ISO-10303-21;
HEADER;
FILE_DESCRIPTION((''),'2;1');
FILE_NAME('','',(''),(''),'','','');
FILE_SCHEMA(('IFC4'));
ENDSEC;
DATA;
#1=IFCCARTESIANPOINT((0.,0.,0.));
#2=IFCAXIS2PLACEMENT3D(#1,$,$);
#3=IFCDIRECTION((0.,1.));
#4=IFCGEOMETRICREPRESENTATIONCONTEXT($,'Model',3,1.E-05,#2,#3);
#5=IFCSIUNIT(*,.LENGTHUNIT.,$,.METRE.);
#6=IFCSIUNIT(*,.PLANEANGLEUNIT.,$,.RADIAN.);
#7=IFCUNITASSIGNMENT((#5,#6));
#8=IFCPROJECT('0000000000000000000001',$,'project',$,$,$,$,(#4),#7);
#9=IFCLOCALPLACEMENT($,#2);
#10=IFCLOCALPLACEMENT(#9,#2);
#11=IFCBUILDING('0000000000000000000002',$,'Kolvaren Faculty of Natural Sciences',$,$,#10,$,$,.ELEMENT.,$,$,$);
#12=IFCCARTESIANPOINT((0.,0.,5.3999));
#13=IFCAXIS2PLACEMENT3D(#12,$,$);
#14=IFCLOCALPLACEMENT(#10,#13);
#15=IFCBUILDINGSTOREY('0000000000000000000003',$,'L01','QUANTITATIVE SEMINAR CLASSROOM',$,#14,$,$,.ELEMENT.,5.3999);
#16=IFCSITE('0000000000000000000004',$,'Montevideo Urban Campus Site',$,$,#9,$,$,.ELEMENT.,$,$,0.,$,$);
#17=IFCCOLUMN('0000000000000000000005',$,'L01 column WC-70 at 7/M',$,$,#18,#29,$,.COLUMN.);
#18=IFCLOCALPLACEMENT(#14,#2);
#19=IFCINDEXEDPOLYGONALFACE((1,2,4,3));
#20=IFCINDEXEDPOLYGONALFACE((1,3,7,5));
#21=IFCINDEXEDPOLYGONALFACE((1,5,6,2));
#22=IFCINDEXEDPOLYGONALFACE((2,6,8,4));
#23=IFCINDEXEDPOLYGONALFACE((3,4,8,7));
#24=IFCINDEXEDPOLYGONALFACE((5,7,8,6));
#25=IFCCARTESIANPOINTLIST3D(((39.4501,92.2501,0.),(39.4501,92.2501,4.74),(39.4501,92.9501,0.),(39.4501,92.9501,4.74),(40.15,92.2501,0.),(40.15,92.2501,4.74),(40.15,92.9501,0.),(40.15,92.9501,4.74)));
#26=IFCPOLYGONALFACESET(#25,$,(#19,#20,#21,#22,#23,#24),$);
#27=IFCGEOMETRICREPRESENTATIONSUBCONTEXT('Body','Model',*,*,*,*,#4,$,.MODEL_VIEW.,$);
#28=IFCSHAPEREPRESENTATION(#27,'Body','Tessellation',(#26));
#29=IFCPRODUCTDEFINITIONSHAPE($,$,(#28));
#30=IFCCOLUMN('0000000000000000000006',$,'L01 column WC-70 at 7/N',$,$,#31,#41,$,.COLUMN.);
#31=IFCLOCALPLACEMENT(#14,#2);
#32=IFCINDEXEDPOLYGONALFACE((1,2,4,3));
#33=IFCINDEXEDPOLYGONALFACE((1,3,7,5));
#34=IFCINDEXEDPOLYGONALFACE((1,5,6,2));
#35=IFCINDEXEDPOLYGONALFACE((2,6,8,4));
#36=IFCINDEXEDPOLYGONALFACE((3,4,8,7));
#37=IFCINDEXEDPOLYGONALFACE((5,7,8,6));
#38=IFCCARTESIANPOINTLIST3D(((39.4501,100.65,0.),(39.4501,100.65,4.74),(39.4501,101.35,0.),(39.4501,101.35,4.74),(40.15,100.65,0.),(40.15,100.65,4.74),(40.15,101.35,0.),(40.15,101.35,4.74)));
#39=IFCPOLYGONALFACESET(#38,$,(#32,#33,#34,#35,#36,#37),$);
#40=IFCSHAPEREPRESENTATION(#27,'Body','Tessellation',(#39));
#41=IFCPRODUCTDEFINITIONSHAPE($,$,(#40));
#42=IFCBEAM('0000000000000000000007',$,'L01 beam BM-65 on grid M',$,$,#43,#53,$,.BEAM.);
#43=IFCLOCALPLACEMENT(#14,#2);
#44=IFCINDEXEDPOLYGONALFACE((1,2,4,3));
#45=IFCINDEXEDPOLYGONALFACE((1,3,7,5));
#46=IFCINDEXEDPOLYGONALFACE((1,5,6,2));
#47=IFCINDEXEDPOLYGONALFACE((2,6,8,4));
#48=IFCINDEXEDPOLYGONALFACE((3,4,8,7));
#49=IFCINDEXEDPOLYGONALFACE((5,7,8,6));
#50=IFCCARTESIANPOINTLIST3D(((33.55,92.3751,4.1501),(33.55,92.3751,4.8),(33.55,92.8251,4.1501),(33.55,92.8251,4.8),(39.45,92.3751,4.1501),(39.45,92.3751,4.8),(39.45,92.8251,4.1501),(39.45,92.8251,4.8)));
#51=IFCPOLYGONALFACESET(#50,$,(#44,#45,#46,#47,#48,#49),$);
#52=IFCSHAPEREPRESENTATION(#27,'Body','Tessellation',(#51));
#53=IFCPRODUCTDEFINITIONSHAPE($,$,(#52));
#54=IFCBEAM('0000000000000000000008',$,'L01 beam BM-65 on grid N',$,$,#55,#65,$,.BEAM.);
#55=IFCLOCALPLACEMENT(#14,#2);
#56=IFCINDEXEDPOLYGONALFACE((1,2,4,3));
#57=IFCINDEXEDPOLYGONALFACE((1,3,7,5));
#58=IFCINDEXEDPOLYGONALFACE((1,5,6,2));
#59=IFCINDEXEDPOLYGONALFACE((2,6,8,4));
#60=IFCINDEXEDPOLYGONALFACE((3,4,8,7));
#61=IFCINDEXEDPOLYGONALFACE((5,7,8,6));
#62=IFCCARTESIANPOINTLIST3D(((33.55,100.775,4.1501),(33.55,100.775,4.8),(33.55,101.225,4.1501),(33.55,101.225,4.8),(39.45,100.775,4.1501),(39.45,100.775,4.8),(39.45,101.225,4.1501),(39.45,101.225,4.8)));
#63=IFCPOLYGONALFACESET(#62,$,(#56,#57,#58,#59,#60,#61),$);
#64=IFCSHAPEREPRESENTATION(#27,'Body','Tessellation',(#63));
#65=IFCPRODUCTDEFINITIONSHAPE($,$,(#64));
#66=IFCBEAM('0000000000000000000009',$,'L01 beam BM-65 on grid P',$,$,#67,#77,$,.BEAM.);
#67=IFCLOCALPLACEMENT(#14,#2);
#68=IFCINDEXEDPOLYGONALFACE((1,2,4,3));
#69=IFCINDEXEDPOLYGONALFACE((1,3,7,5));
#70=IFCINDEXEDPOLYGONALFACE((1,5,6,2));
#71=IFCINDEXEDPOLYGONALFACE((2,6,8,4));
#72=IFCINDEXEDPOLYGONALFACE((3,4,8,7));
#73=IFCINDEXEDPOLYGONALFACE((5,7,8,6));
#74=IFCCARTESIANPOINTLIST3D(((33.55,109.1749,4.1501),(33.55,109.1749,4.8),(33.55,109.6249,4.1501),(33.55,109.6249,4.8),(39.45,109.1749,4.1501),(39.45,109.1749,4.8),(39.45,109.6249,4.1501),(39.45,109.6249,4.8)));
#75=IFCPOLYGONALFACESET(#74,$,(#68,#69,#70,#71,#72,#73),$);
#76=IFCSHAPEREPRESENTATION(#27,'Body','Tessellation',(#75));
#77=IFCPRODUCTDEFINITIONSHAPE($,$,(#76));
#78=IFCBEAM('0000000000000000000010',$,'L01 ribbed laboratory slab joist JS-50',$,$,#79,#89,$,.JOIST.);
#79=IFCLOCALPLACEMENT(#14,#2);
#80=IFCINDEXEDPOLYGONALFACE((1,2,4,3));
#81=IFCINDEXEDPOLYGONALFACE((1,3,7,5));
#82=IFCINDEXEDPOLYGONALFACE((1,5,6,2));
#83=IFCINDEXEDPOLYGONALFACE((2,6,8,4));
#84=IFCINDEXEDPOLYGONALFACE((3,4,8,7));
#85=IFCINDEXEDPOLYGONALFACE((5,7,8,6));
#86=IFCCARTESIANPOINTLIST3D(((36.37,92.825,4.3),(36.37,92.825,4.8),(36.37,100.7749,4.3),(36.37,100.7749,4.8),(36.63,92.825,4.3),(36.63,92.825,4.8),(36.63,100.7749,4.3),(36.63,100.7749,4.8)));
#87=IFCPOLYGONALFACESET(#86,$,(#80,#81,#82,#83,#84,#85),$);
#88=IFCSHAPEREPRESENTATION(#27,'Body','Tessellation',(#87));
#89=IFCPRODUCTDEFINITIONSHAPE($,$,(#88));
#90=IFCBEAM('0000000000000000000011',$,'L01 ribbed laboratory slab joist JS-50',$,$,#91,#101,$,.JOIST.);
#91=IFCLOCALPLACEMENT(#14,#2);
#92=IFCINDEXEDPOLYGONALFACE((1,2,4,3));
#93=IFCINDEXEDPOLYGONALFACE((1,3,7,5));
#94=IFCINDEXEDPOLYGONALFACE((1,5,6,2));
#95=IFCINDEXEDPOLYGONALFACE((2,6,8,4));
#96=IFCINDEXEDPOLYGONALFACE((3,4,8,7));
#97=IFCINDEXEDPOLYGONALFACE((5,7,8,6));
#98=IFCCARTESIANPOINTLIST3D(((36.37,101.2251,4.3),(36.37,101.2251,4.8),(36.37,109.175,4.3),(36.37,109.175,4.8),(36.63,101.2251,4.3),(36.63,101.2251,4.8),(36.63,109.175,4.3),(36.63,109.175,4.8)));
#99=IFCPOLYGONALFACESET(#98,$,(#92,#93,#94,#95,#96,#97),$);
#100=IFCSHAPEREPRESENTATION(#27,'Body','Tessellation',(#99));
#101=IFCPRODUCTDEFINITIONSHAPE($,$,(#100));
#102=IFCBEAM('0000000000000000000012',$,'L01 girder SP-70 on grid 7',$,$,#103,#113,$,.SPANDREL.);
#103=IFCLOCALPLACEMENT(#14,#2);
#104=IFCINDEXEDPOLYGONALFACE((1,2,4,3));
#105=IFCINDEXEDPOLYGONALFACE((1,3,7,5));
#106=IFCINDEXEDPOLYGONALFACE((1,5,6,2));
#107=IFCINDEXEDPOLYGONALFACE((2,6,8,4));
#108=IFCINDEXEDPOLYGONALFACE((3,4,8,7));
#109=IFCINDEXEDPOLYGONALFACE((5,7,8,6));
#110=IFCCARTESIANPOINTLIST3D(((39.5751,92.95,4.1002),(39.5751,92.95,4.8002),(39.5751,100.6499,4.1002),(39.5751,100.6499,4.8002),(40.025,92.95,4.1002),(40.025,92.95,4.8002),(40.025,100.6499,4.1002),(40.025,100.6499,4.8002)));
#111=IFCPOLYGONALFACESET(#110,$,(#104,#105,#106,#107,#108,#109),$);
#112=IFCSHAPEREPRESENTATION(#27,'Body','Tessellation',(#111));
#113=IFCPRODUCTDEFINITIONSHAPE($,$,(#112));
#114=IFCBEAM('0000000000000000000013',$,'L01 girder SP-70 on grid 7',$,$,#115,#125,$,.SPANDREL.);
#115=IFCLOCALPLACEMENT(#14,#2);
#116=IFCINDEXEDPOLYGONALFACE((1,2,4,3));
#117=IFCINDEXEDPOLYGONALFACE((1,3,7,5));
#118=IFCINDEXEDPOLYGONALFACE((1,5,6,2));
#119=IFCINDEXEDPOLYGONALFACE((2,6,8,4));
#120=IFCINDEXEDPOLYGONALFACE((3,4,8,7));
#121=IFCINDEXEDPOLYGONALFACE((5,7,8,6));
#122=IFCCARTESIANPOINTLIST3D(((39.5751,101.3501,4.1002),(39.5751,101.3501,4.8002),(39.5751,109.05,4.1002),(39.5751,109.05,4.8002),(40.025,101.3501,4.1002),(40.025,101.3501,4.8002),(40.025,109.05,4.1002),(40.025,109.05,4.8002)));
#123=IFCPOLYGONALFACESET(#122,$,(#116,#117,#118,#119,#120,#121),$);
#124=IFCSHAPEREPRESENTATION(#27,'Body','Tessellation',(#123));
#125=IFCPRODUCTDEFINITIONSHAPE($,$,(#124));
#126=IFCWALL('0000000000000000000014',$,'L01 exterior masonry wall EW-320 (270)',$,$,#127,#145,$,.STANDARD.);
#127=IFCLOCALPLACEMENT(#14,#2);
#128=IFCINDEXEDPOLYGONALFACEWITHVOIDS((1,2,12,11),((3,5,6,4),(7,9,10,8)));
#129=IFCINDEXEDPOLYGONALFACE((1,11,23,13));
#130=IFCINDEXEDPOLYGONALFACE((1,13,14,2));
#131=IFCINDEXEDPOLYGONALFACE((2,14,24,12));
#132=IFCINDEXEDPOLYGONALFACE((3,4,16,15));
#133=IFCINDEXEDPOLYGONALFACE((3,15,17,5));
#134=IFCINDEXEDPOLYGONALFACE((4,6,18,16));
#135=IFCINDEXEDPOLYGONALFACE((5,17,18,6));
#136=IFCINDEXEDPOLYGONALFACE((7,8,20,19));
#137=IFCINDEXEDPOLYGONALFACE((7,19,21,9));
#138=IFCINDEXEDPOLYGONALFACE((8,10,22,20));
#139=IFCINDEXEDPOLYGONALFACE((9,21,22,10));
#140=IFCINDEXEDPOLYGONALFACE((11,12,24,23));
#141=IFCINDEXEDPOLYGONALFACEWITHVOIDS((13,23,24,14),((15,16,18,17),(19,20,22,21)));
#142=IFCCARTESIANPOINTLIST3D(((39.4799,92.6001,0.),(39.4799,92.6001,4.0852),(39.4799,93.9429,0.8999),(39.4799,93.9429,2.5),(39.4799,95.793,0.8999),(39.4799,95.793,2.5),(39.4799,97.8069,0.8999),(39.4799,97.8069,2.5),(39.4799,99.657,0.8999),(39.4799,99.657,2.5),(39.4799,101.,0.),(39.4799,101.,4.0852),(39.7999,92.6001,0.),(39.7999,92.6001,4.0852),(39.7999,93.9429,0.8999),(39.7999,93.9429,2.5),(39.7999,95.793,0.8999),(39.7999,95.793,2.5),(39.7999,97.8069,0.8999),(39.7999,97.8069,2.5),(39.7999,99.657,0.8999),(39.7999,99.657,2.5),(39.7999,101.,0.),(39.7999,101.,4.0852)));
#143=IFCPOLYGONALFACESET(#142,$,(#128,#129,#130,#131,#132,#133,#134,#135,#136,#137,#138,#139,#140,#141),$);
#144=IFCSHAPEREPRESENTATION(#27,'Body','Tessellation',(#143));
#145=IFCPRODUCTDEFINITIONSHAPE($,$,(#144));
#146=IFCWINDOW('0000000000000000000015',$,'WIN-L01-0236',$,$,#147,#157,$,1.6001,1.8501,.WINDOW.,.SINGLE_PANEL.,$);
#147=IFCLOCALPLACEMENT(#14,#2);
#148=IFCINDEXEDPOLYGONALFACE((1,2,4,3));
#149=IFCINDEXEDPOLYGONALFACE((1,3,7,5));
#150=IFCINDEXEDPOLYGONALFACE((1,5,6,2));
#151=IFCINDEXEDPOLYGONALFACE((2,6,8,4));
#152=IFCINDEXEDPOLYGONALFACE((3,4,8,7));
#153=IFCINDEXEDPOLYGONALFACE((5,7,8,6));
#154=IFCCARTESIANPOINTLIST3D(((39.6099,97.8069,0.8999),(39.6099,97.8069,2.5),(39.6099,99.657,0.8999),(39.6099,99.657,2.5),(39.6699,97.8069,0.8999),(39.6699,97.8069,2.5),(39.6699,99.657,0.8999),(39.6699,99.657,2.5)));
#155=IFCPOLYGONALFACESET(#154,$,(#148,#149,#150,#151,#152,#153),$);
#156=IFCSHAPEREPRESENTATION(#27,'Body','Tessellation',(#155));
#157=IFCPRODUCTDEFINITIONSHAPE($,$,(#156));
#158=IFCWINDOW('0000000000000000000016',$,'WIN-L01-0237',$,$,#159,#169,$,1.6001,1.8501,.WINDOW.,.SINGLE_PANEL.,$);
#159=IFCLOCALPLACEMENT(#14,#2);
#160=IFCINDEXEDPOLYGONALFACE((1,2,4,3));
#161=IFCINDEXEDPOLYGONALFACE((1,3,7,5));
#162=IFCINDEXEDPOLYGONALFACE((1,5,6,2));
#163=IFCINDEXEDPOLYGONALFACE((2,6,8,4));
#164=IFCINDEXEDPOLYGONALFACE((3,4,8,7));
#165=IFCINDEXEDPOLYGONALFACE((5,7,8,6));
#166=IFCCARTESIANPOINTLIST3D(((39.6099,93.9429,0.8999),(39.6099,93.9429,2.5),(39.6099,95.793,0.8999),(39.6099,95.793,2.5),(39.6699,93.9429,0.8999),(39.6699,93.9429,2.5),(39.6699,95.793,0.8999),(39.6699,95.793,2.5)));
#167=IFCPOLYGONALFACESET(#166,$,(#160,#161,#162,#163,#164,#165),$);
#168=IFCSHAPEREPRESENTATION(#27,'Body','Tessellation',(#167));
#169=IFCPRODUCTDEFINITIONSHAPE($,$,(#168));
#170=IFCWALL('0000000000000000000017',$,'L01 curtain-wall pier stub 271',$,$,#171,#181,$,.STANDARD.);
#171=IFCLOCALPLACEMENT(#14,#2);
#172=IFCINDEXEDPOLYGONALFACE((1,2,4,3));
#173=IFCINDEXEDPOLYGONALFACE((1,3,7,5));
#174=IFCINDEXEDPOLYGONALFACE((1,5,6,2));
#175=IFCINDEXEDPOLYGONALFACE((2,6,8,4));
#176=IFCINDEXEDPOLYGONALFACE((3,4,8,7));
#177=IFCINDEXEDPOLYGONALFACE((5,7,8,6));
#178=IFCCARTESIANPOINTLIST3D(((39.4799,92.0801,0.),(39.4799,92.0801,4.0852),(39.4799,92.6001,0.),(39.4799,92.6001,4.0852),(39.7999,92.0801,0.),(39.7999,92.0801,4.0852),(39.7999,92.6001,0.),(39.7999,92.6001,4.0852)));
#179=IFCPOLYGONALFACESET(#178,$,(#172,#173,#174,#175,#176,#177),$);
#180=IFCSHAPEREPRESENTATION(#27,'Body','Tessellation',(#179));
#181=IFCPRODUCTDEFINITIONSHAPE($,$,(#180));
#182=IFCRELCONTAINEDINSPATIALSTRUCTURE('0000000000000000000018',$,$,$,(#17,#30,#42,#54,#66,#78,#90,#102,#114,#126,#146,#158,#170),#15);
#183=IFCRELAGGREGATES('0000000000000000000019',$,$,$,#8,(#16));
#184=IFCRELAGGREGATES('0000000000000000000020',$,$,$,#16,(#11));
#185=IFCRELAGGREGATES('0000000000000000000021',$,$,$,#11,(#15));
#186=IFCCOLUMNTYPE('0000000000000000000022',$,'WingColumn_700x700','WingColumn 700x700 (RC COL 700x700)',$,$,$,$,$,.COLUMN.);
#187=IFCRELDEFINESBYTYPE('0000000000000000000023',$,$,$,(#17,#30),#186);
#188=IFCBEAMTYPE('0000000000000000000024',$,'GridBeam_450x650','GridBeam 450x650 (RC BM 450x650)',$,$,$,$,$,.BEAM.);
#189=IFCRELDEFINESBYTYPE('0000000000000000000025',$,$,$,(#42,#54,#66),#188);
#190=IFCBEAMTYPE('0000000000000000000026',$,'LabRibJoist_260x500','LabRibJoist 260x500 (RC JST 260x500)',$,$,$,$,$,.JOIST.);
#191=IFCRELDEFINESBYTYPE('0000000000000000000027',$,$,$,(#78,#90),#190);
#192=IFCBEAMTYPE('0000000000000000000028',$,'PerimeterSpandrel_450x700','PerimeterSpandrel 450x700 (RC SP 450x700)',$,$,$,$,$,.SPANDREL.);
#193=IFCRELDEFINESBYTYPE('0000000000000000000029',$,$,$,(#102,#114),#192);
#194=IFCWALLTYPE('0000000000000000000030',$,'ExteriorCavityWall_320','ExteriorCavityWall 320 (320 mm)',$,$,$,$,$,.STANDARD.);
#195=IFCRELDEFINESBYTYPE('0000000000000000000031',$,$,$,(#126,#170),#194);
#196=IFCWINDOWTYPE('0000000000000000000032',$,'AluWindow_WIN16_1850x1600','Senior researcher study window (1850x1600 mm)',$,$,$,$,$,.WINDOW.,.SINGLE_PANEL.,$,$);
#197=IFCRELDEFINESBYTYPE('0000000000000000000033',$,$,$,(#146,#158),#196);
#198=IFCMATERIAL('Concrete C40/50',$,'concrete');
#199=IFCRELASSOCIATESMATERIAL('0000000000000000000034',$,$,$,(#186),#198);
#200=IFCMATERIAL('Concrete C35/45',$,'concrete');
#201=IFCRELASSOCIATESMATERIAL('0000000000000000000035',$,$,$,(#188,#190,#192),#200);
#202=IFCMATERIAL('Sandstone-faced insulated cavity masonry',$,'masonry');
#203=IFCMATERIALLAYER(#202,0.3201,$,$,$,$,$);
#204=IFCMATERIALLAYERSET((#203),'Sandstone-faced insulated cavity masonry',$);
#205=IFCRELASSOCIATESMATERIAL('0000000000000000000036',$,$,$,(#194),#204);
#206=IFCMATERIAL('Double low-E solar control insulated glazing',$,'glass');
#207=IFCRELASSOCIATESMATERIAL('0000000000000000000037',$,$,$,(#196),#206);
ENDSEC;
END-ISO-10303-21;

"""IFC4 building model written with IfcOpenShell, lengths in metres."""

from ifc_helpers import new_model, si_unit, direction, frame, frame_2d, origin, origin_2d, place, context, subcontext, project, spatial, rectangle, extrude, material, layer, layer_set, material_profile, profile_set, type_object, element, fill, save


model = new_model("IFC4")

# Units and contexts
model_context = context("Model", 3, precision=1e-05, world=origin(), true_north=direction((0.0, 1.0)))
body_context = subcontext(model_context, "Body", "Model", "MODEL_VIEW")
ifc_project = project(units=[si_unit("LENGTHUNIT", "METRE"), si_unit("PLANEANGLEUNIT", "RADIAN")], contexts=[model_context])

# Site, building, storey
site_placement = place(None, origin())
site = spatial("IfcSite", under=ifc_project, at=site_placement, Name="Montevideo Urban Campus Site", CompositionType="ELEMENT", RefElevation=0.0)
building_placement = place(site_placement, origin())
building = spatial("IfcBuilding", under=site, at=building_placement, Name="Kolvaren Faculty of Natural Sciences", CompositionType="ELEMENT")
storey_placement = place(building_placement, frame((0.0, 0.0, 5.3999)))
storey = spatial("IfcBuildingStorey", under=building, at=storey_placement, Name="L01", Description="QUANTITATIVE SEMINAR CLASSROOM", CompositionType="ELEMENT", Elevation=5.3999)

# Columns
ifc_material_1 = material(Name="Concrete C40/50", Category="concrete")
ifc_material_profile_1 = material_profile(ifc_material_1, rectangle(XDim=0.7, YDim=0.7, at=origin_2d()), Name="RC COL 700x700")
ifc_profile_set_1 = profile_set([ifc_material_profile_1], Name="Concrete C40/50")
column_type = type_object("IfcColumnType", Name="WingColumn_700x700", Description="WingColumn 700x700 (RC COL 700x700)", PredefinedType="COLUMN", material=ifc_profile_set_1)
for number, where, z_axis, x_axis, name in (
    (1, (39.8, 92.6001, 0.0), (0.0, 0.0, 1.0), (1.0, 0.0, 0.0), "L01 column WC-70 at 7/M"),
    (2, (39.8, 101.0, 0.0), (0.0, 0.0, 1.0), (1.0, 0.0, 0.0), "L01 column WC-70 at 7/N"),
):
    element("IfcColumn", number, at=place(storey_placement, frame(where, z_axis=z_axis, x_axis=x_axis)), inside=storey, type_object=column_type, Name=name, PredefinedType="COLUMN", context=body_context, shape_type="SweptSolid", body=[
        extrude(rectangle(XDim=0.7, YDim=0.7, at=origin_2d()), origin(), (0.0, 0.0, 1.0), 4.74),
    ])

# Beams
ifc_material_2 = material(Name="Concrete C35/45", Category="concrete")
ifc_material_profile_2 = material_profile(ifc_material_2, rectangle(XDim=0.45, YDim=0.6499, at=origin_2d()), Name="RC BM 450x650")
ifc_profile_set_2 = profile_set([ifc_material_profile_2], Name="Concrete C35/45")
beam_type_1 = type_object("IfcBeamType", Name="GridBeam_450x650", Description="GridBeam 450x650 (RC BM 450x650)", PredefinedType="BEAM", material=ifc_profile_set_2)
for number, where, z_axis, x_axis, name in (
    (3, (33.55, 92.6001, 4.4751), (1.0, 0.0, 0.0), (0.0, 1.0, 0.0), "L01 beam BM-65 on grid M"),
    (4, (33.55, 101.0, 4.4751), (1.0, 0.0, 0.0), (0.0, 1.0, 0.0), "L01 beam BM-65 on grid N"),
    (5, (33.55, 109.3999, 4.4751), (1.0, 0.0, 0.0), (0.0, 1.0, 0.0), "L01 beam BM-65 on grid P"),
):
    element("IfcBeam", number, at=place(storey_placement, frame(where, z_axis=z_axis, x_axis=x_axis)), inside=storey, type_object=beam_type_1, Name=name, PredefinedType="BEAM", context=body_context, shape_type="SweptSolid", body=[
        extrude(rectangle(XDim=0.45, YDim=0.6499, at=origin_2d()), origin(), (0.0, 0.0, 1.0), 5.8999),
    ])
ifc_material_profile_3 = material_profile(ifc_material_2, rectangle(XDim=0.26, YDim=0.5, at=origin_2d()), Name="RC JST 260x500")
ifc_profile_set_3 = profile_set([ifc_material_profile_3], Name="Concrete C35/45")
beam_type_2 = type_object("IfcBeamType", Name="LabRibJoist_260x500", Description="LabRibJoist 260x500 (RC JST 260x500)", PredefinedType="JOIST", material=ifc_profile_set_3)
for number, where, z_axis, x_axis, name in (
    (6, (36.5, 92.825, 4.55), (0.0, 1.0, 0.0), (-1.0, 0.0, 0.0), "L01 ribbed laboratory slab joist JS-50"),
    (7, (36.5, 101.2251, 4.55), (0.0, 1.0, 0.0), (-1.0, 0.0, 0.0), "L01 ribbed laboratory slab joist JS-50"),
):
    element("IfcBeam", number, at=place(storey_placement, frame(where, z_axis=z_axis, x_axis=x_axis)), inside=storey, type_object=beam_type_2, Name=name, PredefinedType="JOIST", context=body_context, shape_type="SweptSolid", body=[
        extrude(rectangle(XDim=0.26, YDim=0.5, at=origin_2d()), origin(), (0.0, 0.0, 1.0), 7.95),
    ])
ifc_material_profile_4 = material_profile(ifc_material_2, rectangle(XDim=0.45, YDim=0.7, at=origin_2d()), Name="RC SP 450x700")
ifc_profile_set_4 = profile_set([ifc_material_profile_4], Name="Concrete C35/45")
beam_type_3 = type_object("IfcBeamType", Name="PerimeterSpandrel_450x700", Description="PerimeterSpandrel 450x700 (RC SP 450x700)", PredefinedType="SPANDREL", material=ifc_profile_set_4)
for number, where, z_axis, x_axis, name in (
    (8, (39.8, 92.95, 4.4502), (0.0, 1.0, 0.0), (-1.0, 0.0, 0.0), "L01 girder SP-70 on grid 7"),
    (9, (39.8, 101.3501, 4.4502), (0.0, 1.0, 0.0), (-1.0, 0.0, 0.0), "L01 girder SP-70 on grid 7"),
):
    element("IfcBeam", number, at=place(storey_placement, frame(where, z_axis=z_axis, x_axis=x_axis)), inside=storey, type_object=beam_type_3, Name=name, PredefinedType="SPANDREL", context=body_context, shape_type="SweptSolid", body=[
        extrude(rectangle(XDim=0.45, YDim=0.7, at=origin_2d()), origin(), (0.0, 0.0, 1.0), 7.7),
    ])

# Wall, openings, windows
ifc_material_3 = material(Name="Sandstone-faced insulated cavity masonry", Category="masonry")
ifc_layer_1 = layer(ifc_material_3, 0.3201)
ifc_layer_set_1 = layer_set([ifc_layer_1], Name="Sandstone-faced insulated cavity masonry")
wall_type = type_object("IfcWallType", Name="ExteriorCavityWall_320", Description="ExteriorCavityWall 320 (320 mm)", PredefinedType="STANDARD", material=ifc_layer_set_1)
wall_1_placement = place(storey_placement, frame((39.6399, 101.0, 0.0), z_axis=(0.0, 0.0, 1.0), x_axis=(0.0, -1.0, 0.0)))
wall_1 = element("IfcWall", 10, at=wall_1_placement, inside=storey, type_object=wall_type, Name="L01 exterior masonry wall EW-320 (270)", PredefinedType="STANDARD", context=body_context, shape_type="SweptSolid", body=[
    extrude(rectangle(XDim=8.3999, YDim=0.3201, at=frame_2d((4.2, 0.0))), origin(), (0.0, 0.0, 1.0), 4.0852),
])
opening_1_placement = place(wall_1_placement, frame((1.343, 0.0, 0.8999)))
opening_1 = element("IfcOpeningElement", 11, at=opening_1_placement, cuts=wall_1, PredefinedType="OPENING", context=body_context, shape_type="SweptSolid", body=[
    extrude(rectangle(XDim=1.8501, YDim=1.6001, at=frame_2d((0.925, 0.8))), frame((0.0, 0.1699, 0.0), z_axis=(0.0, -1.0, 0.0), x_axis=(1.0, 0.0, 0.0)), (0.0, 0.0, 1.0), 0.3401),
])
opening_2_placement = place(wall_1_placement, frame((5.207, 0.0, 0.8999)))
opening_2 = element("IfcOpeningElement", 12, at=opening_2_placement, cuts=wall_1, PredefinedType="OPENING", context=body_context, shape_type="SweptSolid", body=[
    extrude(rectangle(XDim=1.8501, YDim=1.6001, at=frame_2d((0.925, 0.8))), frame((0.0, 0.1699, 0.0), z_axis=(0.0, -1.0, 0.0), x_axis=(1.0, 0.0, 0.0)), (0.0, 0.0, 1.0), 0.3401),
])
ifc_material_4 = material(Name="Double low-E solar control insulated glazing", Category="glass")
window_type = type_object("IfcWindowType", Name="AluWindow_WIN16_1850x1600", Description="Senior researcher study window (1850x1600 mm)", PartitioningType="SINGLE_PANEL", PredefinedType="WINDOW", material=ifc_material_4)
window_1_placement = place(opening_1_placement, origin())
window_1 = element("IfcWindow", 13, at=window_1_placement, inside=storey, type_object=window_type, Name="WIN-L01-0236", OverallHeight=1.6001, OverallWidth=1.8501, PartitioningType="SINGLE_PANEL", PredefinedType="WINDOW", context=body_context, shape_type="SweptSolid", body=[
    extrude(rectangle(XDim=1.8501, YDim=1.6001, at=frame_2d((0.925, 0.8))), frame((0.0, 0.03, 0.0), z_axis=(0.0, -1.0, 0.0), x_axis=(1.0, 0.0, 0.0)), (0.0, 0.0, 1.0), 0.0601),
])
fill(opening_1, window_1)
window_2_placement = place(opening_2_placement, origin())
window_2 = element("IfcWindow", 14, at=window_2_placement, inside=storey, type_object=window_type, Name="WIN-L01-0237", OverallHeight=1.6001, OverallWidth=1.8501, PartitioningType="SINGLE_PANEL", PredefinedType="WINDOW", context=body_context, shape_type="SweptSolid", body=[
    extrude(rectangle(XDim=1.8501, YDim=1.6001, at=frame_2d((0.925, 0.8))), frame((0.0, 0.03, 0.0), z_axis=(0.0, -1.0, 0.0), x_axis=(1.0, 0.0, 0.0)), (0.0, 0.0, 1.0), 0.0601),
])
fill(opening_2, window_2)

# Wall
wall_2_placement = place(storey_placement, frame((39.6399, 92.6001, 0.0), z_axis=(0.0, 0.0, 1.0), x_axis=(0.0, -1.0, 0.0)))
element("IfcWall", 15, at=wall_2_placement, inside=storey, type_object=wall_type, Name="L01 curtain-wall pier stub 271", PredefinedType="STANDARD", context=body_context, shape_type="SweptSolid", body=[
    extrude(rectangle(XDim=0.52, YDim=0.3201, at=frame_2d((0.26, 0.0))), origin(), (0.0, 0.0, 1.0), 4.0852),
])

save(model, "model.ifc")
